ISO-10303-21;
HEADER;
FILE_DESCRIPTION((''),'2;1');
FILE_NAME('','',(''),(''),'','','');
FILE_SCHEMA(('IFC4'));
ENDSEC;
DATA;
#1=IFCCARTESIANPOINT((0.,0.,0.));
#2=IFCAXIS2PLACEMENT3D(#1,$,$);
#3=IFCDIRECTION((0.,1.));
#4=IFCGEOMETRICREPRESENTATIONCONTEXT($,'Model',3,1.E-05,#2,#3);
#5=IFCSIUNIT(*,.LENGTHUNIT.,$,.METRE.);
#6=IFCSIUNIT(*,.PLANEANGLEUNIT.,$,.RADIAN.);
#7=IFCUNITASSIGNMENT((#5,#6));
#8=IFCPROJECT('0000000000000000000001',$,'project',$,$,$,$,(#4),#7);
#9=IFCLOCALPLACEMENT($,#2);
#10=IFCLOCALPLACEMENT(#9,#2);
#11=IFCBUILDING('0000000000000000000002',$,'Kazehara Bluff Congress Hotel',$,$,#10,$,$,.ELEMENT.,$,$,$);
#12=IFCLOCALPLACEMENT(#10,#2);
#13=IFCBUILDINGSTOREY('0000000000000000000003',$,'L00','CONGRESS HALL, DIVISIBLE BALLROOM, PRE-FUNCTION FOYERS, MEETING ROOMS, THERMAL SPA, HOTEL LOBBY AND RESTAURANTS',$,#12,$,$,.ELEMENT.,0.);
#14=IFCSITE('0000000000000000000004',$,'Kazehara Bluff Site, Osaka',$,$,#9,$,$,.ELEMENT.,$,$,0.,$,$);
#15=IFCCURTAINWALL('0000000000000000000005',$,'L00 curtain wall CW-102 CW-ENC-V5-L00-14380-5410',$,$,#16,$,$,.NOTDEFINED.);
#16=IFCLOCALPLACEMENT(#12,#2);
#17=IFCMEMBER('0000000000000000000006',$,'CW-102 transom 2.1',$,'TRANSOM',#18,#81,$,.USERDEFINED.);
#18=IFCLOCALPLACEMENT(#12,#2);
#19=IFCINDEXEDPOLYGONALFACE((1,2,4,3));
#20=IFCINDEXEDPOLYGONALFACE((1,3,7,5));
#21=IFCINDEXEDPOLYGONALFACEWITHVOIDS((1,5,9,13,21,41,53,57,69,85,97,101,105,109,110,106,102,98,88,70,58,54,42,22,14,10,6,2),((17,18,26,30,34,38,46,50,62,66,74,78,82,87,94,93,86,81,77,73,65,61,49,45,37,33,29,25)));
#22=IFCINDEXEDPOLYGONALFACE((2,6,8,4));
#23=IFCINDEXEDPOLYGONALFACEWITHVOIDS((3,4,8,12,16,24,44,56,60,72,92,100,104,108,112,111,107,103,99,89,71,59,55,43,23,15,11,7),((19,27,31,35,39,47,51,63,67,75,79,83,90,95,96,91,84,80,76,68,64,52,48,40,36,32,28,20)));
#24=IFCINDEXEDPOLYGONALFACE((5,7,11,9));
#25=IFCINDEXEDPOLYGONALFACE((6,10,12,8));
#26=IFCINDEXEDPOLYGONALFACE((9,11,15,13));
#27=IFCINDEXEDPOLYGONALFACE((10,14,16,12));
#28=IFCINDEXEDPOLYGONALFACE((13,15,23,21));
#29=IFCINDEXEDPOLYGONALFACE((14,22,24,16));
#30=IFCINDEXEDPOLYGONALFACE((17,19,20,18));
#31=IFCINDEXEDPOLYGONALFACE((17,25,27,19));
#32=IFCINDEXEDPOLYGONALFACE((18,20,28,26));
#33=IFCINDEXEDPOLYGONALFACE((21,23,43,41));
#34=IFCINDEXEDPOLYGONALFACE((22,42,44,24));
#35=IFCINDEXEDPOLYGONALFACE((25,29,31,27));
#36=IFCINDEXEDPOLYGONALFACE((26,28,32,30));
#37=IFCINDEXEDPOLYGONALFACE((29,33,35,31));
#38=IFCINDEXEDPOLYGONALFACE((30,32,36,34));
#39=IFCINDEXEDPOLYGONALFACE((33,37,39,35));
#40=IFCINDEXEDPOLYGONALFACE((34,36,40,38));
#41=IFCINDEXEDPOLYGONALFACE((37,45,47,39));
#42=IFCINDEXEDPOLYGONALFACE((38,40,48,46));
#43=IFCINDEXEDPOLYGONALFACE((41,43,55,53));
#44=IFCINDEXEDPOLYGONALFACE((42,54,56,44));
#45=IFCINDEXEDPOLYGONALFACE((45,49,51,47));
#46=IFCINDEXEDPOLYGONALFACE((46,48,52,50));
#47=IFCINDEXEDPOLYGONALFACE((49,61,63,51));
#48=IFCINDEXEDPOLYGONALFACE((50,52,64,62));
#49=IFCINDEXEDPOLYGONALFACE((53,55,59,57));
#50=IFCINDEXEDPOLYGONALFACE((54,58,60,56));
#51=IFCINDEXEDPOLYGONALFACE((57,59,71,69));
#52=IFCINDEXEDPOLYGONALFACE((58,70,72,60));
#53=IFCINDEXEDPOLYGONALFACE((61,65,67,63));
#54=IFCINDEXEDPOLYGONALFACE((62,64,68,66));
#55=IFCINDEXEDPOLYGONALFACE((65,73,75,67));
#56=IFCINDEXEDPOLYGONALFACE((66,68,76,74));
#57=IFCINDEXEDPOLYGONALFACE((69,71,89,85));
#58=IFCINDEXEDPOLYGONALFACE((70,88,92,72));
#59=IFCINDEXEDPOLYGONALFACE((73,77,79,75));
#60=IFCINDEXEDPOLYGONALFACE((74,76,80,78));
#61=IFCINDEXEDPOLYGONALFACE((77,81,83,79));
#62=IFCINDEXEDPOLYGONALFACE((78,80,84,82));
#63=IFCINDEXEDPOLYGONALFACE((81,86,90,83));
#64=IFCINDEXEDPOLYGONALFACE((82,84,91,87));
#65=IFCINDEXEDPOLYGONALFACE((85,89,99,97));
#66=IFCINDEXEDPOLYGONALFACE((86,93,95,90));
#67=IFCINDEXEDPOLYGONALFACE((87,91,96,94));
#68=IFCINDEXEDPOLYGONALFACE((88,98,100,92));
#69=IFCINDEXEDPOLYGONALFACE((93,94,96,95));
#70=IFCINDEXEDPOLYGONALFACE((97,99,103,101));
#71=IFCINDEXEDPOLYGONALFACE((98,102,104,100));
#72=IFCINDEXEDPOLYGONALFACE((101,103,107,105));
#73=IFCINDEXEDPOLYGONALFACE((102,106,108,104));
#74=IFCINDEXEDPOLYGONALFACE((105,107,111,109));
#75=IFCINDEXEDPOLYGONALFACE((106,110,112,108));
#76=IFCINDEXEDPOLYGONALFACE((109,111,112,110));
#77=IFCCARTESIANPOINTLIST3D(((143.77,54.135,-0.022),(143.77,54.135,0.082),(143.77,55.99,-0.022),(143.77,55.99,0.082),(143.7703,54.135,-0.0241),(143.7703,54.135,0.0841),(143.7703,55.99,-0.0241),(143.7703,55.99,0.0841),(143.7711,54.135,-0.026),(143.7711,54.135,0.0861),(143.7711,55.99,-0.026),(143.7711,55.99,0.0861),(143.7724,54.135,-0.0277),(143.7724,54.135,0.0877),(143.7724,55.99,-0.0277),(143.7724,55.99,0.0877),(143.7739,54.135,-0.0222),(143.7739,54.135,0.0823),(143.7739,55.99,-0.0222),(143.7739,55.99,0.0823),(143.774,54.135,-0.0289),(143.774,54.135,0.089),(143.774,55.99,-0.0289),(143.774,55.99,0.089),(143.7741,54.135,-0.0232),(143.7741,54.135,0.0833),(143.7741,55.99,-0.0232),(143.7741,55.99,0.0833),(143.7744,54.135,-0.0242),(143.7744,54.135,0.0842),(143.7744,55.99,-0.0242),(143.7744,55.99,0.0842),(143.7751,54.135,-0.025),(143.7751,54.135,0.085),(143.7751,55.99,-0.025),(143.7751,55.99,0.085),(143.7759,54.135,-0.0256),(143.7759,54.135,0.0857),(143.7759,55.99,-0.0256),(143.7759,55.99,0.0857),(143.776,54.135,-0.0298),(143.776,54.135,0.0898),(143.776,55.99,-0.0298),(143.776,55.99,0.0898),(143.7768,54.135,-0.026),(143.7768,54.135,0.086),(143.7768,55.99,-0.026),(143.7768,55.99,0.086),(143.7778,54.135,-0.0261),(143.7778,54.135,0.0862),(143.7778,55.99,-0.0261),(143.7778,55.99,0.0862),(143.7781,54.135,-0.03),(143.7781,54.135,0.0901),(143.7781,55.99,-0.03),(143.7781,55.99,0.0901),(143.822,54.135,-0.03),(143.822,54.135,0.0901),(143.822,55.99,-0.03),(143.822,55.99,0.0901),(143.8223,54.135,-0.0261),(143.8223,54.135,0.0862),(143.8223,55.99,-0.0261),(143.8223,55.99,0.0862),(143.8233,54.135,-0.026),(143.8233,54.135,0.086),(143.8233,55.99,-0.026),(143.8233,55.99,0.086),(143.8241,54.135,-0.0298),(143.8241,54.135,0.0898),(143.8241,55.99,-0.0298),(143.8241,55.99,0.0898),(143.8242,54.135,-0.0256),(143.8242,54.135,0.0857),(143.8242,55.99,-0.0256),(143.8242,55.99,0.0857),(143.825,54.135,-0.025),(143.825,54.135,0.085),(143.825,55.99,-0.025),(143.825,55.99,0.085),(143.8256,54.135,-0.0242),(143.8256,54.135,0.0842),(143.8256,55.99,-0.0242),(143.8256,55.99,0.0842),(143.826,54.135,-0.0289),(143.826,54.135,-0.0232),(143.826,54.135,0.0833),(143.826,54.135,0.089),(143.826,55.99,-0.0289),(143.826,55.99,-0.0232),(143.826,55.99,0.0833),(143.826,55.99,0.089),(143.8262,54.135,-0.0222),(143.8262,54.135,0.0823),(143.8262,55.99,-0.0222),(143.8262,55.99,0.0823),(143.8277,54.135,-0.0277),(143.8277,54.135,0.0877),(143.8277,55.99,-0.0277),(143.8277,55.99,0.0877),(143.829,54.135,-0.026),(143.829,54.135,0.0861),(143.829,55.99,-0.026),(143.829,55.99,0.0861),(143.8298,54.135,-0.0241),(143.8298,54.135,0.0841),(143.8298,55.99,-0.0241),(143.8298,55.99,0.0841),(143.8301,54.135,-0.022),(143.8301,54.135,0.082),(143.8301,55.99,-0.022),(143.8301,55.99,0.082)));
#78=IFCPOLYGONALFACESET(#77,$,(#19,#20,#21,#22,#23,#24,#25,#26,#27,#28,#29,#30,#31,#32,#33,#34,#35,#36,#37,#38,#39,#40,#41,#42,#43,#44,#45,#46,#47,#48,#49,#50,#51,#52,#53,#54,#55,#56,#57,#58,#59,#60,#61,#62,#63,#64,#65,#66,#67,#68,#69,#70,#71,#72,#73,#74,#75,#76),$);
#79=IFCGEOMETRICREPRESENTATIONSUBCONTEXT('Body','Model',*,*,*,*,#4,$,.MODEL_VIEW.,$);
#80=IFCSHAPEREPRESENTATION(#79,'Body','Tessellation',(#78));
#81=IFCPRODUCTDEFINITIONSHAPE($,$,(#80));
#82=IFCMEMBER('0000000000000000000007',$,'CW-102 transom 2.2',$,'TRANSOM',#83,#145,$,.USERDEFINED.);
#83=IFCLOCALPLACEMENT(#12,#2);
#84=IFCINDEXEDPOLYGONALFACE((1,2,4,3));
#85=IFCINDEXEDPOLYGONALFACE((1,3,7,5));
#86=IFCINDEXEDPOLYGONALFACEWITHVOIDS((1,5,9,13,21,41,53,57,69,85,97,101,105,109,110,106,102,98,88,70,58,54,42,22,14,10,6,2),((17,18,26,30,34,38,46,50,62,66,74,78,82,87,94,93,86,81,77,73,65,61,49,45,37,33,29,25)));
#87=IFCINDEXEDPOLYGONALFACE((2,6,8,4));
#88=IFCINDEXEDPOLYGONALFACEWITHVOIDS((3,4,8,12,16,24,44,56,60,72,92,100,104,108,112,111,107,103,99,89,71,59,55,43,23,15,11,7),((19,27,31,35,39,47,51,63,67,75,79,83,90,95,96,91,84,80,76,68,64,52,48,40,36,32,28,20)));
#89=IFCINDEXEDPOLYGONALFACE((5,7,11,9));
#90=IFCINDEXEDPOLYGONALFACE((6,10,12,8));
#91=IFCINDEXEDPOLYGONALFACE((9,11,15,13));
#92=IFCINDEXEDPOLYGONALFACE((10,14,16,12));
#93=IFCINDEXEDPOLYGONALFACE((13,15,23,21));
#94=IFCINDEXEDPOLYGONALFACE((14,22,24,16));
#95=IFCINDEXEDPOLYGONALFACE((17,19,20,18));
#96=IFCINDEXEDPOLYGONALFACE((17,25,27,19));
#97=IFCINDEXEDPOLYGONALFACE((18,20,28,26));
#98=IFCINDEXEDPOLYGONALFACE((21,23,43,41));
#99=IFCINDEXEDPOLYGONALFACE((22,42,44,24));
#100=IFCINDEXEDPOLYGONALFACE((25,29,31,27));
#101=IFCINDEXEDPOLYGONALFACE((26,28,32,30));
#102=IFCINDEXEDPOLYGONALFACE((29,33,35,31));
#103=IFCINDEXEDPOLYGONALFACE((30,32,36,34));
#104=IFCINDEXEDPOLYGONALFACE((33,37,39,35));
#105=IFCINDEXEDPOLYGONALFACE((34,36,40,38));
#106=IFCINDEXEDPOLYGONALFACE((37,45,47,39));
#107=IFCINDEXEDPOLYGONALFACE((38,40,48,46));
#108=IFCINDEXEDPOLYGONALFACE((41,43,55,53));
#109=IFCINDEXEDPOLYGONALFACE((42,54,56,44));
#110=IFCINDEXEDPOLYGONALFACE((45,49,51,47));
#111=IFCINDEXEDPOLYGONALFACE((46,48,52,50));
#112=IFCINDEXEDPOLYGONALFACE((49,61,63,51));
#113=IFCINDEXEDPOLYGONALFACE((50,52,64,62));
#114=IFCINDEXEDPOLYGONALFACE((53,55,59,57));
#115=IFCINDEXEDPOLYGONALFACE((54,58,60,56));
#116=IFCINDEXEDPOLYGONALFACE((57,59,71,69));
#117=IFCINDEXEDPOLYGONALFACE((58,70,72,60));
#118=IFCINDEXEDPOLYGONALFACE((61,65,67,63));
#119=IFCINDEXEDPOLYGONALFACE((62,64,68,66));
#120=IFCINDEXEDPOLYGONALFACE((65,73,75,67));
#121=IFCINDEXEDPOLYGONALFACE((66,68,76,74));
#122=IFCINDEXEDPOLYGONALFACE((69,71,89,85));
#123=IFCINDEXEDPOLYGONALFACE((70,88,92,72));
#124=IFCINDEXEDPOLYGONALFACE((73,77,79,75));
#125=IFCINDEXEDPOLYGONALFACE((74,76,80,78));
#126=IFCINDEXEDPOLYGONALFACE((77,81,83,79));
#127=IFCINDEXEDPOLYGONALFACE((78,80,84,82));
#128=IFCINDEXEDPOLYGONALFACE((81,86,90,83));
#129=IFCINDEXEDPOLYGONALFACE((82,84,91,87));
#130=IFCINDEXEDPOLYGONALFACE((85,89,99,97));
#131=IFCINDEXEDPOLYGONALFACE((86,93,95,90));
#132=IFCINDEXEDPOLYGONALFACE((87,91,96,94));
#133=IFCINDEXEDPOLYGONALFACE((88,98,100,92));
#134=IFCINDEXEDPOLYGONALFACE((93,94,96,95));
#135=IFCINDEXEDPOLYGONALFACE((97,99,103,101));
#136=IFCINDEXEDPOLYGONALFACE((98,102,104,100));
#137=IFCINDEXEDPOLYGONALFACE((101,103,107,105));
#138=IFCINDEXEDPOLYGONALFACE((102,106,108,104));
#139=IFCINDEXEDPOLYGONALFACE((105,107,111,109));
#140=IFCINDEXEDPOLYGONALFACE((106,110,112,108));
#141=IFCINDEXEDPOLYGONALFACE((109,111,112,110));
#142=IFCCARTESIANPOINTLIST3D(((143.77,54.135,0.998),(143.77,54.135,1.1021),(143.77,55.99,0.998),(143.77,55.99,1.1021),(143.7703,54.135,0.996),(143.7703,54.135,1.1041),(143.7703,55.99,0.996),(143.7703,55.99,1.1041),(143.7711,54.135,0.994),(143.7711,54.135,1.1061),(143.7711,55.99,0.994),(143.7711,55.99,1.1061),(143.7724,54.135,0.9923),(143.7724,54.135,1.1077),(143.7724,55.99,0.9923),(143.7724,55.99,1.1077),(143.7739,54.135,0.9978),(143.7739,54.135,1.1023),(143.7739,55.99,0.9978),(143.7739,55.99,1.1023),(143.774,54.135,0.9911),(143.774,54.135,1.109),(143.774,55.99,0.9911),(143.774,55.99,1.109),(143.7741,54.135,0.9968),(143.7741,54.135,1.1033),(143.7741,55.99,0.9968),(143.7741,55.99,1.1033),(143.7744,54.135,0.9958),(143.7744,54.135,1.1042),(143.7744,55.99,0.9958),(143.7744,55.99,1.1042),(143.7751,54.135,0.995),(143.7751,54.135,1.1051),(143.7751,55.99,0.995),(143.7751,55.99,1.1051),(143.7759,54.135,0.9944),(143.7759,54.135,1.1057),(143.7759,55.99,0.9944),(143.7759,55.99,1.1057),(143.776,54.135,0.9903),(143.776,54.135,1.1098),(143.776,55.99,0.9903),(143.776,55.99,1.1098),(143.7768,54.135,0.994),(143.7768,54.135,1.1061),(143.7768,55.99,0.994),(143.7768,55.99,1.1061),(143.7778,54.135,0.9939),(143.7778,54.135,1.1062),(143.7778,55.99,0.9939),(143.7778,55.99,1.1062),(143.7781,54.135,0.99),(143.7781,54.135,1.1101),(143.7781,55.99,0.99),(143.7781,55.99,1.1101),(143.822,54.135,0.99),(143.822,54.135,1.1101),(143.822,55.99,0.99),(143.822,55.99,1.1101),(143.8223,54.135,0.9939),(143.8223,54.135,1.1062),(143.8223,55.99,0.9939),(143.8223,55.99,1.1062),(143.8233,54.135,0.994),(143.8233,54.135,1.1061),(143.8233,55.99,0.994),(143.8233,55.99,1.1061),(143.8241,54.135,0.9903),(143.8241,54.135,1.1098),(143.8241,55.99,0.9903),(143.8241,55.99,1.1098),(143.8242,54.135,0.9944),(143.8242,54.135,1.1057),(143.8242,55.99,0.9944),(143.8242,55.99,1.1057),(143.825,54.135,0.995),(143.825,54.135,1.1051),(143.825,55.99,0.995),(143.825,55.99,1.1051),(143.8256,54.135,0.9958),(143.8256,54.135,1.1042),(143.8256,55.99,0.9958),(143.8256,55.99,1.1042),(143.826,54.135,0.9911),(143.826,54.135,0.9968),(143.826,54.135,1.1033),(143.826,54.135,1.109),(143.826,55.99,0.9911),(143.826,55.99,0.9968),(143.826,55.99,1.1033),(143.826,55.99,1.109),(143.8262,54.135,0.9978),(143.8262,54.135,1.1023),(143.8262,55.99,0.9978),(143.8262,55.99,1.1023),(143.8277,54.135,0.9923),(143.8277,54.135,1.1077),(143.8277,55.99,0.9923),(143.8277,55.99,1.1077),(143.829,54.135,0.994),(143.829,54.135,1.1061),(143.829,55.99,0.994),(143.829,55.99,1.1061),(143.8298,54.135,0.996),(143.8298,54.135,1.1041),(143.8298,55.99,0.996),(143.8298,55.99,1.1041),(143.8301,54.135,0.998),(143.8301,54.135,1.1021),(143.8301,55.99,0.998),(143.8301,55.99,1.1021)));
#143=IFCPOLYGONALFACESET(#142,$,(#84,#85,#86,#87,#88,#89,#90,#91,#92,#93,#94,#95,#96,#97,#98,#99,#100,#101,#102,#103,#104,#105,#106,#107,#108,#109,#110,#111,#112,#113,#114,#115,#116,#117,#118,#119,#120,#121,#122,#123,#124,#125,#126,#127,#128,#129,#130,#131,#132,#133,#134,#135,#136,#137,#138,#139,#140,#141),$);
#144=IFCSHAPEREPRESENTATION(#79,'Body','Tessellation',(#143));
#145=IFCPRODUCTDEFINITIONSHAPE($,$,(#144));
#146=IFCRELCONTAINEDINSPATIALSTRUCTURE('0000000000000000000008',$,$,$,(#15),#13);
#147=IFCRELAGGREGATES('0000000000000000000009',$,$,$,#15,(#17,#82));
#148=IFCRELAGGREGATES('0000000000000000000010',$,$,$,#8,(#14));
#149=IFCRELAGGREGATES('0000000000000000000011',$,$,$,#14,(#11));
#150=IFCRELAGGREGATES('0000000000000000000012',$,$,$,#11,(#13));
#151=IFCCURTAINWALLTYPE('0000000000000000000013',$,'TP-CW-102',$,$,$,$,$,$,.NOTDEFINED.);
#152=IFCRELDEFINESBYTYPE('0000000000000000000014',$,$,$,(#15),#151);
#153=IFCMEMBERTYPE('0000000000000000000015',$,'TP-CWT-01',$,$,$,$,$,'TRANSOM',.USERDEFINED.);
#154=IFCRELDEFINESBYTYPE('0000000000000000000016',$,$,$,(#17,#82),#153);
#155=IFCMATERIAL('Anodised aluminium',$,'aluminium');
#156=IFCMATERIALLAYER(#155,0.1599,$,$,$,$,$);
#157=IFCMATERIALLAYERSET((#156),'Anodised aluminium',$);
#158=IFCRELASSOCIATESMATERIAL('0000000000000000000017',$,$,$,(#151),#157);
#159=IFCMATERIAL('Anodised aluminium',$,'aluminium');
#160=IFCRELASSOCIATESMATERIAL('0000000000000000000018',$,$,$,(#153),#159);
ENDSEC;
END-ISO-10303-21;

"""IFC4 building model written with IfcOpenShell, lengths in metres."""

from ifc_helpers import new_model, si_unit, direction, frame, origin, origin_2d, place, context, subcontext, project, spatial, hollow_rectangle, extrude, material, layer, layer_set, material_profile, profile_set, type_object, element, aggregate, save


model = new_model("IFC4")

# Units and contexts
model_context = context("Model", 3, precision=1e-05, world=origin(), true_north=direction((0.0, 1.0)))
body_context = subcontext(model_context, "Body", "Model", "MODEL_VIEW")
ifc_project = project(units=[si_unit("LENGTHUNIT", "METRE"), si_unit("PLANEANGLEUNIT", "RADIAN")], contexts=[model_context])

# Site, building, storey
site_placement = place(None, origin())
site = spatial("IfcSite", under=ifc_project, at=site_placement, Name="Kazehara Bluff Site, Osaka", CompositionType="ELEMENT", RefElevation=0.0)
building_placement = place(site_placement, origin())
building = spatial("IfcBuilding", under=site, at=building_placement, Name="Kazehara Bluff Congress Hotel", CompositionType="ELEMENT")
storey_placement = place(building_placement, origin())
storey = spatial("IfcBuildingStorey", under=building, at=storey_placement, Name="L00", Description="CONGRESS HALL, DIVISIBLE BALLROOM, PRE-FUNCTION FOYERS, MEETING ROOMS, THERMAL SPA, HOTEL LOBBY AND RESTAURANTS", CompositionType="ELEMENT", Elevation=0.0)

# Curtain wall
ifc_material_1 = material(Name="Anodised aluminium", Category="aluminium")
ifc_layer_1 = layer(ifc_material_1, 0.1599)
ifc_layer_set_1 = layer_set([ifc_layer_1], Name="Anodised aluminium")
curtain_wall_type_1 = type_object("IfcCurtainWallType", Name="TP-CW-102", PredefinedType="NOTDEFINED", material=ifc_layer_set_1)
curtain_wall_1_placement = place(storey_placement, origin())
curtain_wall_1 = element("IfcCurtainWall", 1, at=curtain_wall_1_placement, inside=storey, type_object=curtain_wall_type_1, Name="L00 curtain wall CW-102 CW-ENC-V5-L00-14380-5410", PredefinedType="NOTDEFINED")

# Members
ifc_material_2 = material(Name="Anodised aluminium", Category="aluminium")
ifc_material_profile_1 = material_profile(ifc_material_2, hollow_rectangle(XDim=0.0601, YDim=0.1201, WallThickness=0.0039, InnerFilletRadius=0.0039, OuterFilletRadius=0.0081, at=origin_2d()))
ifc_profile_set_1 = profile_set([ifc_material_profile_1], Name="Anodised aluminium")
member_type_1 = type_object("IfcMemberType", Name="TP-CWT-01", ElementType="TRANSOM", PredefinedType="USERDEFINED", material=ifc_profile_set_1)
member_1_placement = place(storey_placement, frame((143.8, 54.135, 0.03), z_axis=(0.0, 1.0, 0.0), x_axis=(-1.0, 0.0, 0.0)))
member_1 = element("IfcMember", 2, at=member_1_placement, type_object=member_type_1, Name="CW-102 transom 2.1", ObjectType="TRANSOM", PredefinedType="USERDEFINED", context=body_context, shape_type="SweptSolid", body=[
    extrude(hollow_rectangle(XDim=0.0601, YDim=0.1201, WallThickness=0.0039, InnerFilletRadius=0.0039, OuterFilletRadius=0.0081, at=origin_2d()), origin(), (0.0, 0.0, 1.0), 1.855),
])
member_2_placement = place(storey_placement, frame((143.8, 54.135, 1.05), z_axis=(0.0, 1.0, 0.0), x_axis=(-1.0, 0.0, 0.0)))
member_2 = element("IfcMember", 3, at=member_2_placement, type_object=member_type_1, Name="CW-102 transom 2.2", ObjectType="TRANSOM", PredefinedType="USERDEFINED", context=body_context, shape_type="SweptSolid", body=[
    extrude(hollow_rectangle(XDim=0.0601, YDim=0.1201, WallThickness=0.0039, InnerFilletRadius=0.0039, OuterFilletRadius=0.0081, at=origin_2d()), origin(), (0.0, 0.0, 1.0), 1.855),
])

aggregate(curtain_wall_1, [member_1, member_2])

save(model, "model.ifc")
